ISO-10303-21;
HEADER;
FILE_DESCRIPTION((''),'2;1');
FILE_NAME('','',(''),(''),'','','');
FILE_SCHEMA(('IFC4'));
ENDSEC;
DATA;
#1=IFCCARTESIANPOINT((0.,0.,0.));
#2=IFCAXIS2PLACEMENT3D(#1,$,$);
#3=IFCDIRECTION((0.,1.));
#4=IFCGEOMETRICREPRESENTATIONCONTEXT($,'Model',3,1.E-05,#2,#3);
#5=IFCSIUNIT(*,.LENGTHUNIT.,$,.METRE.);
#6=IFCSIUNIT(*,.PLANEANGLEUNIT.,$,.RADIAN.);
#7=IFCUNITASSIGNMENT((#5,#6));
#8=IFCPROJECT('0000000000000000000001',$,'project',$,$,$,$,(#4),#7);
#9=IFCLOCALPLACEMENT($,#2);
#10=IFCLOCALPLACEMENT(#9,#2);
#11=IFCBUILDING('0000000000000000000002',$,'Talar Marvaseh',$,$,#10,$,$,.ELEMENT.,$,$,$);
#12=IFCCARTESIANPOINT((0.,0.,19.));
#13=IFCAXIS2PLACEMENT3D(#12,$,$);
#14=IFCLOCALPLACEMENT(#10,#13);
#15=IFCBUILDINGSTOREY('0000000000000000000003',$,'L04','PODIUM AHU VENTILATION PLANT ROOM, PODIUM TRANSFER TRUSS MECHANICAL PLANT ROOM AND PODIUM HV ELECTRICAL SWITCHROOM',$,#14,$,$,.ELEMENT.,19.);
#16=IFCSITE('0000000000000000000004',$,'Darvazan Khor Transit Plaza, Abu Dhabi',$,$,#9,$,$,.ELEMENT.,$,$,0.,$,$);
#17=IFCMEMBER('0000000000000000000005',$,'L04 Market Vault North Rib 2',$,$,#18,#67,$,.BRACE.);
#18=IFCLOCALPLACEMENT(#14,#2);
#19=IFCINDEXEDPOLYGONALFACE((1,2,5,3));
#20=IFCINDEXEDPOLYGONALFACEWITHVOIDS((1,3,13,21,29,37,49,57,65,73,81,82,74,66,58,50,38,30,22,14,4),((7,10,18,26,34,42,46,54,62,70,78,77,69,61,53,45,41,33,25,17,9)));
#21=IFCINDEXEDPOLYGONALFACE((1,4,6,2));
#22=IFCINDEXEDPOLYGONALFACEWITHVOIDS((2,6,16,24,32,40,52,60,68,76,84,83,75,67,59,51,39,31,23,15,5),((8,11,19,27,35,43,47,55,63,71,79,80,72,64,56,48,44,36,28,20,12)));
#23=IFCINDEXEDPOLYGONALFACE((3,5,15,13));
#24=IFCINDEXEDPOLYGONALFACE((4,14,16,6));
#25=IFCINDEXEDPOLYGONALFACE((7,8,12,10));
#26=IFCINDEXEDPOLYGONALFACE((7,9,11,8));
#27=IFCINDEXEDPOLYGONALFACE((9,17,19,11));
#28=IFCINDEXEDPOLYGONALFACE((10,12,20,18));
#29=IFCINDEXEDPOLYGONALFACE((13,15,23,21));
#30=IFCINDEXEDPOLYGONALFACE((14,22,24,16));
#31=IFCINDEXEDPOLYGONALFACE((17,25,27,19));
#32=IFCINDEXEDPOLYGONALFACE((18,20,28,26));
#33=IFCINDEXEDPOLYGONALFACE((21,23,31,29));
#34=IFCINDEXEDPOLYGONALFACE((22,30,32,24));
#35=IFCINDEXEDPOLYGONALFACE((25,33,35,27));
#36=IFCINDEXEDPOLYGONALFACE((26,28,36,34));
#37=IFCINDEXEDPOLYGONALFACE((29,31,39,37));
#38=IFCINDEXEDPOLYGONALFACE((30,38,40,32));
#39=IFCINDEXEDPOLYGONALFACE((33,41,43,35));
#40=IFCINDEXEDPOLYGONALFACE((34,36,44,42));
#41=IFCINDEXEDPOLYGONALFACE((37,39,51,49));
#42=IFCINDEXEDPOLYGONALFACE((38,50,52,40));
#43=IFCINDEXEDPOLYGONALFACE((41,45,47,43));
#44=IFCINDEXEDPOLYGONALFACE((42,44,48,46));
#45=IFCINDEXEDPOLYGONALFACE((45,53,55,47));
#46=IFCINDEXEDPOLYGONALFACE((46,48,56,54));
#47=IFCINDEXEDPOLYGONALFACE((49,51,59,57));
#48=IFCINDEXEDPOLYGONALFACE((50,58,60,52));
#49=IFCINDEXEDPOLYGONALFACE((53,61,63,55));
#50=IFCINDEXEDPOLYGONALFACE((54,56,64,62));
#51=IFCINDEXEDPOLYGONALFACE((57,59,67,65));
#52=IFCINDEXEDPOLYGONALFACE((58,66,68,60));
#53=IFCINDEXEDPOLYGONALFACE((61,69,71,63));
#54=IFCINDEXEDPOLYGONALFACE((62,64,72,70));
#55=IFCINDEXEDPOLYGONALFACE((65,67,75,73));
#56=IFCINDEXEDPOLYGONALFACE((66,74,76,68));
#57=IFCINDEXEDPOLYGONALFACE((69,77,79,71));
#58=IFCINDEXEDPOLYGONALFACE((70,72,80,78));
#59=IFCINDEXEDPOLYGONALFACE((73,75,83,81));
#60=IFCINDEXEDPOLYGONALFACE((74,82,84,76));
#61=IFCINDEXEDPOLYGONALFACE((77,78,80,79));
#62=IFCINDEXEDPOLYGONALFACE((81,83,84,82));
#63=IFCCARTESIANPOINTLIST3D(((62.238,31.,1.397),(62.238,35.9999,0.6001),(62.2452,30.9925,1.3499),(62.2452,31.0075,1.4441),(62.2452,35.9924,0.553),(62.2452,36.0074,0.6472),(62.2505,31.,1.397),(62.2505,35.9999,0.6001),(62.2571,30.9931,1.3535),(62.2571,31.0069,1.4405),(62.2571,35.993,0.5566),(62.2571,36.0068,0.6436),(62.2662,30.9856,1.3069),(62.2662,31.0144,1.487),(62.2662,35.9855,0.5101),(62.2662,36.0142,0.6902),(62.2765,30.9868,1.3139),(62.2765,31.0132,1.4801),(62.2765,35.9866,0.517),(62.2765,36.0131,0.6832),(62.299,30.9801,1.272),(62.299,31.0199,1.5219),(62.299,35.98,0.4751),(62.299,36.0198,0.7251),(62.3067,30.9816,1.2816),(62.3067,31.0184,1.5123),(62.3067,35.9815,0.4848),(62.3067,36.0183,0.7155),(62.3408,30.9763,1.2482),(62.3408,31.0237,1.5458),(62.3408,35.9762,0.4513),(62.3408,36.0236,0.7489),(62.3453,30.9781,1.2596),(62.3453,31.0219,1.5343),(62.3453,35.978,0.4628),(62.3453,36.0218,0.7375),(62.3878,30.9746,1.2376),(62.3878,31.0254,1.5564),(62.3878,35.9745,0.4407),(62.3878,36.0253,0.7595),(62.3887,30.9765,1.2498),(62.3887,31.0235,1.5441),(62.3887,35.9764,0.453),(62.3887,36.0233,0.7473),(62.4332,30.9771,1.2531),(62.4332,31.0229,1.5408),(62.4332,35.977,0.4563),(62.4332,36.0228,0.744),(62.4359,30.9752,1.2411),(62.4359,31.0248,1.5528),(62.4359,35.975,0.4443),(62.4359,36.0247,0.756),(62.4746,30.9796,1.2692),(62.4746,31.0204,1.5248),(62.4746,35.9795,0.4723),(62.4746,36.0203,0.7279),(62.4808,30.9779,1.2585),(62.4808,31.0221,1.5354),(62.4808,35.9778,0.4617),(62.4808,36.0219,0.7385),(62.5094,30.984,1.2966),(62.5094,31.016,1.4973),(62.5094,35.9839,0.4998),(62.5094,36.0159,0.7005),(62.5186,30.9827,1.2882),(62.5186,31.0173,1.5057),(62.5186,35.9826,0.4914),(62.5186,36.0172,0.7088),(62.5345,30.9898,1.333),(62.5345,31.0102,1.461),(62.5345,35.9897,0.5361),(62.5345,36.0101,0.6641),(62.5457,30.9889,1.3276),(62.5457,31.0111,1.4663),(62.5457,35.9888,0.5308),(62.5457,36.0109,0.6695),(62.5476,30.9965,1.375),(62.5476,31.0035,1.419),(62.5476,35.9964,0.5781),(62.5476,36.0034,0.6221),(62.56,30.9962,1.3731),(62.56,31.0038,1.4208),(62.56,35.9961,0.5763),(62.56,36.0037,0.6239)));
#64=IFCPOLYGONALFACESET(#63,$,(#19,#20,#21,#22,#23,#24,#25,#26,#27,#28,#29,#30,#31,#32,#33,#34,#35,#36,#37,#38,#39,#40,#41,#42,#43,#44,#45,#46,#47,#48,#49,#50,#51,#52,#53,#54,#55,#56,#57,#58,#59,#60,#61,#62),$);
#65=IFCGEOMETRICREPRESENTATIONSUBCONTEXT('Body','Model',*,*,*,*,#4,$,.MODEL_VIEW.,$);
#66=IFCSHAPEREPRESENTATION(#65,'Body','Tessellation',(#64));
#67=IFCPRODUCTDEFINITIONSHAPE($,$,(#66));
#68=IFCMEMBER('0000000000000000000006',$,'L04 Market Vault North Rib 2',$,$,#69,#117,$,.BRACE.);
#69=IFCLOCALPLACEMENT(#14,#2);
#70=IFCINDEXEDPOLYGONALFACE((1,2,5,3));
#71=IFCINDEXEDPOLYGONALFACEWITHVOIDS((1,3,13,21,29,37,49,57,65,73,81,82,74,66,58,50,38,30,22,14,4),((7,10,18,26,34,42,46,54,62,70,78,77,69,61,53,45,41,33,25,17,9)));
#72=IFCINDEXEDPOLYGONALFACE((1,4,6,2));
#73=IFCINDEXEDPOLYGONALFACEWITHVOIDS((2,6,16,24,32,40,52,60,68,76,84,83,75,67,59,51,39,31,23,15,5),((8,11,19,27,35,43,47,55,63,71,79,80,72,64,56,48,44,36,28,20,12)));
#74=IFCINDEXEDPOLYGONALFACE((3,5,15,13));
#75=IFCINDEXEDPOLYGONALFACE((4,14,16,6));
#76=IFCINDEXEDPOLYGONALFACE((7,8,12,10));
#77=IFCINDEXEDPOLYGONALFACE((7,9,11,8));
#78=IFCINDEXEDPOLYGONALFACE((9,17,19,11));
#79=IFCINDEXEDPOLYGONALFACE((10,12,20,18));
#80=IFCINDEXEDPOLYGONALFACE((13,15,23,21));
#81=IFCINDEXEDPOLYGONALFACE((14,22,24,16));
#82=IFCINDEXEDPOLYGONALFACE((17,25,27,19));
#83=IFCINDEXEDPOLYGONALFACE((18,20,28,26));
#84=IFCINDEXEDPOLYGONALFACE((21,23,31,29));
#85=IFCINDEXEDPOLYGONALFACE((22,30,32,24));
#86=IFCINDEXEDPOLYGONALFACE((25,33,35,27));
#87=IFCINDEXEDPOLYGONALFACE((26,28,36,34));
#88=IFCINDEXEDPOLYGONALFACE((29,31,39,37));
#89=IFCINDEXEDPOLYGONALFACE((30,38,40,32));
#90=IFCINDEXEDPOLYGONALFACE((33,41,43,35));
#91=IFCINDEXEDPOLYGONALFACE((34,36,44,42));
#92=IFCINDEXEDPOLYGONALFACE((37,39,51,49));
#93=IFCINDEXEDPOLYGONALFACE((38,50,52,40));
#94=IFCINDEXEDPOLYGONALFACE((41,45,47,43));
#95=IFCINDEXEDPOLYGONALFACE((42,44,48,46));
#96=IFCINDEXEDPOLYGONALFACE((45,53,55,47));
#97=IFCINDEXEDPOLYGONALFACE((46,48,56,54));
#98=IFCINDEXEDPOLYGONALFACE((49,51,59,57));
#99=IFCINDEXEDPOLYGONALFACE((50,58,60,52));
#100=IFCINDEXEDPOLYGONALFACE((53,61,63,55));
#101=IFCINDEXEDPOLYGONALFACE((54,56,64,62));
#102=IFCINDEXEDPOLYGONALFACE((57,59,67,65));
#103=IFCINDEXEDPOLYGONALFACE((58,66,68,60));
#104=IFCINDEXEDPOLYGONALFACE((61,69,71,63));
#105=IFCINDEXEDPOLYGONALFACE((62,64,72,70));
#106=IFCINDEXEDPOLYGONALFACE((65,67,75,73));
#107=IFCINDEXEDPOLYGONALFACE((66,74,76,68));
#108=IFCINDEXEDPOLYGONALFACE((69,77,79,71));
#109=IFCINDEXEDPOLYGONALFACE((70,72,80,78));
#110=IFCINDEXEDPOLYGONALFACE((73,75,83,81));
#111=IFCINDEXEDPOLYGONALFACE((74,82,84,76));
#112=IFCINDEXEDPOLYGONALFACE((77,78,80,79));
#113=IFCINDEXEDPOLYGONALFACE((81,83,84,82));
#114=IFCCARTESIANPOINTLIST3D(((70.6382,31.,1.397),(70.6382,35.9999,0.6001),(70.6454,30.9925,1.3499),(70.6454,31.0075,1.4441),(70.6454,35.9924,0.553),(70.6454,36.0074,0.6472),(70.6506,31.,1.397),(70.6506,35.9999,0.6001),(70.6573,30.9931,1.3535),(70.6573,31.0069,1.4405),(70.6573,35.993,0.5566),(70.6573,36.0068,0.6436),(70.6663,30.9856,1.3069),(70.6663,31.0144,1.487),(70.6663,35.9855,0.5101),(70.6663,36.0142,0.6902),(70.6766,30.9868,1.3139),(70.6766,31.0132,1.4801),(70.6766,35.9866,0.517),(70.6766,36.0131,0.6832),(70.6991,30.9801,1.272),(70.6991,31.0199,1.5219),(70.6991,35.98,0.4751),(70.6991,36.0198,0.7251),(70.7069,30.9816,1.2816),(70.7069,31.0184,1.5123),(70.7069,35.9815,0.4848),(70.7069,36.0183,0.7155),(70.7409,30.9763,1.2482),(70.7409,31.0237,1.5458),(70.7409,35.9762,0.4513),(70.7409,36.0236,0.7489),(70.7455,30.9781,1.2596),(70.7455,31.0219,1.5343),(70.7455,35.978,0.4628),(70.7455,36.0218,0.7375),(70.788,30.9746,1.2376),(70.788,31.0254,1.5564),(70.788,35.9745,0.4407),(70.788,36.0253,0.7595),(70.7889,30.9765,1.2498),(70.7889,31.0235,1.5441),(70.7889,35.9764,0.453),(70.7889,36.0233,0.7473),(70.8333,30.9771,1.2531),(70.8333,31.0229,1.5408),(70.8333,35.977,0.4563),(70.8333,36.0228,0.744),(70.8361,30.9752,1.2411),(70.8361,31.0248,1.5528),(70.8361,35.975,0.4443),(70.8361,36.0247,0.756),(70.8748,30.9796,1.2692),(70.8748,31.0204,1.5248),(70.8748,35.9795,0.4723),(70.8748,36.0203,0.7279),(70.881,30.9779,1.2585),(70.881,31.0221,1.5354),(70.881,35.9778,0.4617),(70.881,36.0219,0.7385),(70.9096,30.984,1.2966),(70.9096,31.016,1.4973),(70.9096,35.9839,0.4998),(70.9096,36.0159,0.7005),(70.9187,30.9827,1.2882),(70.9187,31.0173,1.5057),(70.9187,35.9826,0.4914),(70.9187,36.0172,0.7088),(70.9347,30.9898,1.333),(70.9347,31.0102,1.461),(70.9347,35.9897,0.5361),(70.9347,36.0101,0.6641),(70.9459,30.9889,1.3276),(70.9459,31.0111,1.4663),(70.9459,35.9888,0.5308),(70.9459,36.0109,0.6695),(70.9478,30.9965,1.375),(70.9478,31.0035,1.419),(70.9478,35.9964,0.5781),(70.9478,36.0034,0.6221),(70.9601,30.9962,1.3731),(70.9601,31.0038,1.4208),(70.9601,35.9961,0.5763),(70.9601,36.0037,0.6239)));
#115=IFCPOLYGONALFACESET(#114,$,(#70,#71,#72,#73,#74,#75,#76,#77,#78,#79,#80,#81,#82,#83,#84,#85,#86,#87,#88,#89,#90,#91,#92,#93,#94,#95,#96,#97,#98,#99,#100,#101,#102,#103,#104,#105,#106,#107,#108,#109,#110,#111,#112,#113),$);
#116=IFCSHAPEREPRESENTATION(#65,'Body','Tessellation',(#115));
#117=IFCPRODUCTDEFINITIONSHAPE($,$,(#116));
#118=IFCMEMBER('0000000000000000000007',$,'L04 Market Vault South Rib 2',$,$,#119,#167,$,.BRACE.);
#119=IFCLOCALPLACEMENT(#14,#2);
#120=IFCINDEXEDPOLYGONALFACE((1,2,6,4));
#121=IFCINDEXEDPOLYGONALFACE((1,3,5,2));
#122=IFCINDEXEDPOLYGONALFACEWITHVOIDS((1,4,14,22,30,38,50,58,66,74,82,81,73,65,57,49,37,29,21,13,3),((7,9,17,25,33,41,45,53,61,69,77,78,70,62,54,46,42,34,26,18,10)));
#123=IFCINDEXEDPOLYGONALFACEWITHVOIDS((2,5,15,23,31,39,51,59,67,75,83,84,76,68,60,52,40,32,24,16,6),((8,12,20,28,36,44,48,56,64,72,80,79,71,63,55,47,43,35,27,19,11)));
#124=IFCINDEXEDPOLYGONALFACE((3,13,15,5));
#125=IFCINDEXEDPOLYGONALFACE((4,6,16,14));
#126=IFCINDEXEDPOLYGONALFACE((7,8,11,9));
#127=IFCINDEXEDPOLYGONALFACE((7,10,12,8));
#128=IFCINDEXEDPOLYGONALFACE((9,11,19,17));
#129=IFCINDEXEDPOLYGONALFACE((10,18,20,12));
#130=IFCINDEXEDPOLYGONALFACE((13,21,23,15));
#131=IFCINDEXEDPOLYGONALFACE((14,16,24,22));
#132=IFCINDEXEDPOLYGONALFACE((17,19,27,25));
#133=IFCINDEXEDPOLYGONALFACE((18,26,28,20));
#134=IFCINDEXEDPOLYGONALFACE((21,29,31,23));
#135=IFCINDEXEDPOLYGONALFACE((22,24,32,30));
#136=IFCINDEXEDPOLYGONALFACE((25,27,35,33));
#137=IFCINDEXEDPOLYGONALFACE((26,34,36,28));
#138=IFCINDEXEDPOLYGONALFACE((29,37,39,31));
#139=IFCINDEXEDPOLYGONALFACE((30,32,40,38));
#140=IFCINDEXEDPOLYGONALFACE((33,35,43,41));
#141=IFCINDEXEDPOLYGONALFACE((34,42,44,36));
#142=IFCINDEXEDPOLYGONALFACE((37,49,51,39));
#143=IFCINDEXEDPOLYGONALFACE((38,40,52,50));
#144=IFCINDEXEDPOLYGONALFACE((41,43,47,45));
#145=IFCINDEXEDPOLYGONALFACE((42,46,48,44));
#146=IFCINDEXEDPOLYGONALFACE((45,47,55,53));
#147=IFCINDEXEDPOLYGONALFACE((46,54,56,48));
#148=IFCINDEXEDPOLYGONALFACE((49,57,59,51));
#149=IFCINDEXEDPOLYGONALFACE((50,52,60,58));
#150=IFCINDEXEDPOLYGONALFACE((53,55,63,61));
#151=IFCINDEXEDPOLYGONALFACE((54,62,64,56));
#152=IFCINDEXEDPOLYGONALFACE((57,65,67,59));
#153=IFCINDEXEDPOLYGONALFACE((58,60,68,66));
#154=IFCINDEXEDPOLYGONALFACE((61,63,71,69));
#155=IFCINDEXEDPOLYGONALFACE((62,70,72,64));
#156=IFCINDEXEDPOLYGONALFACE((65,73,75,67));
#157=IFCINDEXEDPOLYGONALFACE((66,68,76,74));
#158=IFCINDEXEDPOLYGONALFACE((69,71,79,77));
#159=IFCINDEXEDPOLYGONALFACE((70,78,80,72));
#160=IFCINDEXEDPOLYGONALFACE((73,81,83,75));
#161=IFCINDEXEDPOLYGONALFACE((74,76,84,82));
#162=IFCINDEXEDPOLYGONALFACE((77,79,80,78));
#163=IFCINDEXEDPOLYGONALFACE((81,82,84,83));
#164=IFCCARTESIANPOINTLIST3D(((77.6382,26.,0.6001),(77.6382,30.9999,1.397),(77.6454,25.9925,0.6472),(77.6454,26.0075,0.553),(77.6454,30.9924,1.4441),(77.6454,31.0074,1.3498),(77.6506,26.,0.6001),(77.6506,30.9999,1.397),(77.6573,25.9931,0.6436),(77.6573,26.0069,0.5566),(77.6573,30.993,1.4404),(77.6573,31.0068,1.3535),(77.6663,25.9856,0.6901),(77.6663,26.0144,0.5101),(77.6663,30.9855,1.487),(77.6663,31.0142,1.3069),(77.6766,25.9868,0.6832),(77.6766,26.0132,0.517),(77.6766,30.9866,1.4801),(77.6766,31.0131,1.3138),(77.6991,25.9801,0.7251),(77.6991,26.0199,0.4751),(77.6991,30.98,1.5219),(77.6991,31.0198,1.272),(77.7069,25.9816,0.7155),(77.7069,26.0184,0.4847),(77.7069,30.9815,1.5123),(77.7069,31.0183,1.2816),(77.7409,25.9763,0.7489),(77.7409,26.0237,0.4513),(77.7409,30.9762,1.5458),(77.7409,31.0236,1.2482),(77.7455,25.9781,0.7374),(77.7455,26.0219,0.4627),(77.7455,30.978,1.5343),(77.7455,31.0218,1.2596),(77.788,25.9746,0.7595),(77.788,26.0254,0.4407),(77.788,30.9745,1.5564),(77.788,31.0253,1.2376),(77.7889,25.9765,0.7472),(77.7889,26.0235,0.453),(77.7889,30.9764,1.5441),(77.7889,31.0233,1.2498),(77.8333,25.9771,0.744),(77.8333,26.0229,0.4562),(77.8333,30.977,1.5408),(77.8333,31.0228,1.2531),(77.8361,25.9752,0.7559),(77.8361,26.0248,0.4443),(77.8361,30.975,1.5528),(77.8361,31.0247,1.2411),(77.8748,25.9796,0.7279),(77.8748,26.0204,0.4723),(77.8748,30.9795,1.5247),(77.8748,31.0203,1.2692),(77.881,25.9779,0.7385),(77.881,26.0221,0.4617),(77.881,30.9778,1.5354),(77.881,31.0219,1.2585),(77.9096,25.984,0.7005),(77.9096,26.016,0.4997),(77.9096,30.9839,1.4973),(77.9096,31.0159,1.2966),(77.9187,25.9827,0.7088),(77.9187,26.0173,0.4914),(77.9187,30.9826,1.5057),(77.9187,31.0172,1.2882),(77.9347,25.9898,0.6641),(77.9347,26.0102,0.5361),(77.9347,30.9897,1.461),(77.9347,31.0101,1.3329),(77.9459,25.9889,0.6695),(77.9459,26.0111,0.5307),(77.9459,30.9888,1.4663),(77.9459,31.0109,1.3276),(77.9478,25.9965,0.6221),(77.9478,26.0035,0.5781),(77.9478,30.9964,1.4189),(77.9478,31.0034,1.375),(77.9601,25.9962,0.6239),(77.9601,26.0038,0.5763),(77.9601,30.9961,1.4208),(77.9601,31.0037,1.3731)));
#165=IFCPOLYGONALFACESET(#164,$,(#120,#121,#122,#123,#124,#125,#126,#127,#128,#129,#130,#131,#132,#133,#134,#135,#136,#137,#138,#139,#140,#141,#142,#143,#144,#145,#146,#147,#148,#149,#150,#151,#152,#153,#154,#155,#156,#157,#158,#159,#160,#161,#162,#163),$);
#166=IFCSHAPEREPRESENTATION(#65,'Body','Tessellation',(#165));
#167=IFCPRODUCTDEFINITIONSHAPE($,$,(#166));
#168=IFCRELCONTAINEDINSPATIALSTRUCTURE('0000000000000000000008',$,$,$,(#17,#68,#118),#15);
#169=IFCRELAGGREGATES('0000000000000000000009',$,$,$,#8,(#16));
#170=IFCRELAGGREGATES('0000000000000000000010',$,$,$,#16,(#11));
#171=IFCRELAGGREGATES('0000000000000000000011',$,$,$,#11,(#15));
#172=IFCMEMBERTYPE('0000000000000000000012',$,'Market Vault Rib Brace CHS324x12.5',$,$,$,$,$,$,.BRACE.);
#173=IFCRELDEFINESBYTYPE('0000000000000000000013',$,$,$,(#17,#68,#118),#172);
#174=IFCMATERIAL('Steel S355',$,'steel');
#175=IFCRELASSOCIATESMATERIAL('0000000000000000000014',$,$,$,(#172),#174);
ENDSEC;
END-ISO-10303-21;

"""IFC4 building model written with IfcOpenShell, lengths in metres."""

from ifc_helpers import new_model, si_unit, direction, frame, origin, origin_2d, place, context, subcontext, project, spatial, hollow_circle, extrude, source, transform, mapped, material, material_profile, profile_set, type_object, element, save


model = new_model("IFC4")

# Units and contexts
model_context = context("Model", 3, precision=1e-05, world=origin(), true_north=direction((0.0, 1.0)))
body_context = subcontext(model_context, "Body", "Model", "MODEL_VIEW")
ifc_project = project(units=[si_unit("LENGTHUNIT", "METRE"), si_unit("PLANEANGLEUNIT", "RADIAN")], contexts=[model_context])

# Site, building, storey
site_placement = place(None, origin())
site = spatial("IfcSite", under=ifc_project, at=site_placement, Name="Darvazan Khor Transit Plaza, Abu Dhabi", CompositionType="ELEMENT", RefElevation=0.0)
building_placement = place(site_placement, origin())
building = spatial("IfcBuilding", under=site, at=building_placement, Name="Talar Marvaseh", CompositionType="ELEMENT")
storey_placement = place(building_placement, frame((0.0, 0.0, 19.0)))
storey = spatial("IfcBuildingStorey", under=building, at=storey_placement, Name="L04", Description="PODIUM AHU VENTILATION PLANT ROOM, PODIUM TRANSFER TRUSS MECHANICAL PLANT ROOM AND PODIUM HV ELECTRICAL SWITCHROOM", CompositionType="ELEMENT", Elevation=19.0)

# Shared definitions
ifc_material_1 = material(Name="Steel S355", Category="steel")

# Members
ifc_material_profile_1 = material_profile(ifc_material_1, hollow_circle(Radius=0.1619, WallThickness=0.0125, at=origin_2d()), Name="CHS324x12.5")
ifc_profile_set_1 = profile_set([ifc_material_profile_1], Name="Steel S355")
member_type_1 = type_object("IfcMemberType", Name="Market Vault Rib Brace CHS324x12.5", PredefinedType="BRACE", material=ifc_profile_set_1)
shared_shape_1 = source(origin(), body_context, "Body", "SweptSolid", [
    extrude(hollow_circle(Radius=0.1619, WallThickness=0.0125, at=origin_2d()), origin(), (0.0, 0.0, 1.0), 5.063),
])
for number, where, z_axis, x_axis, name in (
    (1, (62.3999, 31.0, 1.397), (0.0, 0.987537, -0.157389), (-1.0, 0.0, 0.0), "L04 Market Vault North Rib 2"),
    (2, (70.8, 31.0, 1.397), (0.0, 0.987537, -0.157389), (-1.0, 0.0, 0.0), "L04 Market Vault North Rib 2"),
    (3, (77.8, 26.0, 0.6001), (0.0, 0.987537, 0.157389), (-1.0, 0.0, 0.0), "L04 Market Vault South Rib 2"),
):
    element("IfcMember", number, at=place(storey_placement, frame(where, z_axis=z_axis, x_axis=x_axis)), inside=storey, type_object=member_type_1, Name=name, PredefinedType="BRACE", context=body_context, shape_type="MappedRepresentation", body=[
        mapped(shared_shape_1, transform((0.0, 0.0, 0.0), x_axis=(1.0, 0.0, 0.0), y_axis=(0.0, 1.0, 0.0), z_axis=(0.0, 0.0, 1.0), scale=1.0)),
    ])

save(model, "model.ifc")
